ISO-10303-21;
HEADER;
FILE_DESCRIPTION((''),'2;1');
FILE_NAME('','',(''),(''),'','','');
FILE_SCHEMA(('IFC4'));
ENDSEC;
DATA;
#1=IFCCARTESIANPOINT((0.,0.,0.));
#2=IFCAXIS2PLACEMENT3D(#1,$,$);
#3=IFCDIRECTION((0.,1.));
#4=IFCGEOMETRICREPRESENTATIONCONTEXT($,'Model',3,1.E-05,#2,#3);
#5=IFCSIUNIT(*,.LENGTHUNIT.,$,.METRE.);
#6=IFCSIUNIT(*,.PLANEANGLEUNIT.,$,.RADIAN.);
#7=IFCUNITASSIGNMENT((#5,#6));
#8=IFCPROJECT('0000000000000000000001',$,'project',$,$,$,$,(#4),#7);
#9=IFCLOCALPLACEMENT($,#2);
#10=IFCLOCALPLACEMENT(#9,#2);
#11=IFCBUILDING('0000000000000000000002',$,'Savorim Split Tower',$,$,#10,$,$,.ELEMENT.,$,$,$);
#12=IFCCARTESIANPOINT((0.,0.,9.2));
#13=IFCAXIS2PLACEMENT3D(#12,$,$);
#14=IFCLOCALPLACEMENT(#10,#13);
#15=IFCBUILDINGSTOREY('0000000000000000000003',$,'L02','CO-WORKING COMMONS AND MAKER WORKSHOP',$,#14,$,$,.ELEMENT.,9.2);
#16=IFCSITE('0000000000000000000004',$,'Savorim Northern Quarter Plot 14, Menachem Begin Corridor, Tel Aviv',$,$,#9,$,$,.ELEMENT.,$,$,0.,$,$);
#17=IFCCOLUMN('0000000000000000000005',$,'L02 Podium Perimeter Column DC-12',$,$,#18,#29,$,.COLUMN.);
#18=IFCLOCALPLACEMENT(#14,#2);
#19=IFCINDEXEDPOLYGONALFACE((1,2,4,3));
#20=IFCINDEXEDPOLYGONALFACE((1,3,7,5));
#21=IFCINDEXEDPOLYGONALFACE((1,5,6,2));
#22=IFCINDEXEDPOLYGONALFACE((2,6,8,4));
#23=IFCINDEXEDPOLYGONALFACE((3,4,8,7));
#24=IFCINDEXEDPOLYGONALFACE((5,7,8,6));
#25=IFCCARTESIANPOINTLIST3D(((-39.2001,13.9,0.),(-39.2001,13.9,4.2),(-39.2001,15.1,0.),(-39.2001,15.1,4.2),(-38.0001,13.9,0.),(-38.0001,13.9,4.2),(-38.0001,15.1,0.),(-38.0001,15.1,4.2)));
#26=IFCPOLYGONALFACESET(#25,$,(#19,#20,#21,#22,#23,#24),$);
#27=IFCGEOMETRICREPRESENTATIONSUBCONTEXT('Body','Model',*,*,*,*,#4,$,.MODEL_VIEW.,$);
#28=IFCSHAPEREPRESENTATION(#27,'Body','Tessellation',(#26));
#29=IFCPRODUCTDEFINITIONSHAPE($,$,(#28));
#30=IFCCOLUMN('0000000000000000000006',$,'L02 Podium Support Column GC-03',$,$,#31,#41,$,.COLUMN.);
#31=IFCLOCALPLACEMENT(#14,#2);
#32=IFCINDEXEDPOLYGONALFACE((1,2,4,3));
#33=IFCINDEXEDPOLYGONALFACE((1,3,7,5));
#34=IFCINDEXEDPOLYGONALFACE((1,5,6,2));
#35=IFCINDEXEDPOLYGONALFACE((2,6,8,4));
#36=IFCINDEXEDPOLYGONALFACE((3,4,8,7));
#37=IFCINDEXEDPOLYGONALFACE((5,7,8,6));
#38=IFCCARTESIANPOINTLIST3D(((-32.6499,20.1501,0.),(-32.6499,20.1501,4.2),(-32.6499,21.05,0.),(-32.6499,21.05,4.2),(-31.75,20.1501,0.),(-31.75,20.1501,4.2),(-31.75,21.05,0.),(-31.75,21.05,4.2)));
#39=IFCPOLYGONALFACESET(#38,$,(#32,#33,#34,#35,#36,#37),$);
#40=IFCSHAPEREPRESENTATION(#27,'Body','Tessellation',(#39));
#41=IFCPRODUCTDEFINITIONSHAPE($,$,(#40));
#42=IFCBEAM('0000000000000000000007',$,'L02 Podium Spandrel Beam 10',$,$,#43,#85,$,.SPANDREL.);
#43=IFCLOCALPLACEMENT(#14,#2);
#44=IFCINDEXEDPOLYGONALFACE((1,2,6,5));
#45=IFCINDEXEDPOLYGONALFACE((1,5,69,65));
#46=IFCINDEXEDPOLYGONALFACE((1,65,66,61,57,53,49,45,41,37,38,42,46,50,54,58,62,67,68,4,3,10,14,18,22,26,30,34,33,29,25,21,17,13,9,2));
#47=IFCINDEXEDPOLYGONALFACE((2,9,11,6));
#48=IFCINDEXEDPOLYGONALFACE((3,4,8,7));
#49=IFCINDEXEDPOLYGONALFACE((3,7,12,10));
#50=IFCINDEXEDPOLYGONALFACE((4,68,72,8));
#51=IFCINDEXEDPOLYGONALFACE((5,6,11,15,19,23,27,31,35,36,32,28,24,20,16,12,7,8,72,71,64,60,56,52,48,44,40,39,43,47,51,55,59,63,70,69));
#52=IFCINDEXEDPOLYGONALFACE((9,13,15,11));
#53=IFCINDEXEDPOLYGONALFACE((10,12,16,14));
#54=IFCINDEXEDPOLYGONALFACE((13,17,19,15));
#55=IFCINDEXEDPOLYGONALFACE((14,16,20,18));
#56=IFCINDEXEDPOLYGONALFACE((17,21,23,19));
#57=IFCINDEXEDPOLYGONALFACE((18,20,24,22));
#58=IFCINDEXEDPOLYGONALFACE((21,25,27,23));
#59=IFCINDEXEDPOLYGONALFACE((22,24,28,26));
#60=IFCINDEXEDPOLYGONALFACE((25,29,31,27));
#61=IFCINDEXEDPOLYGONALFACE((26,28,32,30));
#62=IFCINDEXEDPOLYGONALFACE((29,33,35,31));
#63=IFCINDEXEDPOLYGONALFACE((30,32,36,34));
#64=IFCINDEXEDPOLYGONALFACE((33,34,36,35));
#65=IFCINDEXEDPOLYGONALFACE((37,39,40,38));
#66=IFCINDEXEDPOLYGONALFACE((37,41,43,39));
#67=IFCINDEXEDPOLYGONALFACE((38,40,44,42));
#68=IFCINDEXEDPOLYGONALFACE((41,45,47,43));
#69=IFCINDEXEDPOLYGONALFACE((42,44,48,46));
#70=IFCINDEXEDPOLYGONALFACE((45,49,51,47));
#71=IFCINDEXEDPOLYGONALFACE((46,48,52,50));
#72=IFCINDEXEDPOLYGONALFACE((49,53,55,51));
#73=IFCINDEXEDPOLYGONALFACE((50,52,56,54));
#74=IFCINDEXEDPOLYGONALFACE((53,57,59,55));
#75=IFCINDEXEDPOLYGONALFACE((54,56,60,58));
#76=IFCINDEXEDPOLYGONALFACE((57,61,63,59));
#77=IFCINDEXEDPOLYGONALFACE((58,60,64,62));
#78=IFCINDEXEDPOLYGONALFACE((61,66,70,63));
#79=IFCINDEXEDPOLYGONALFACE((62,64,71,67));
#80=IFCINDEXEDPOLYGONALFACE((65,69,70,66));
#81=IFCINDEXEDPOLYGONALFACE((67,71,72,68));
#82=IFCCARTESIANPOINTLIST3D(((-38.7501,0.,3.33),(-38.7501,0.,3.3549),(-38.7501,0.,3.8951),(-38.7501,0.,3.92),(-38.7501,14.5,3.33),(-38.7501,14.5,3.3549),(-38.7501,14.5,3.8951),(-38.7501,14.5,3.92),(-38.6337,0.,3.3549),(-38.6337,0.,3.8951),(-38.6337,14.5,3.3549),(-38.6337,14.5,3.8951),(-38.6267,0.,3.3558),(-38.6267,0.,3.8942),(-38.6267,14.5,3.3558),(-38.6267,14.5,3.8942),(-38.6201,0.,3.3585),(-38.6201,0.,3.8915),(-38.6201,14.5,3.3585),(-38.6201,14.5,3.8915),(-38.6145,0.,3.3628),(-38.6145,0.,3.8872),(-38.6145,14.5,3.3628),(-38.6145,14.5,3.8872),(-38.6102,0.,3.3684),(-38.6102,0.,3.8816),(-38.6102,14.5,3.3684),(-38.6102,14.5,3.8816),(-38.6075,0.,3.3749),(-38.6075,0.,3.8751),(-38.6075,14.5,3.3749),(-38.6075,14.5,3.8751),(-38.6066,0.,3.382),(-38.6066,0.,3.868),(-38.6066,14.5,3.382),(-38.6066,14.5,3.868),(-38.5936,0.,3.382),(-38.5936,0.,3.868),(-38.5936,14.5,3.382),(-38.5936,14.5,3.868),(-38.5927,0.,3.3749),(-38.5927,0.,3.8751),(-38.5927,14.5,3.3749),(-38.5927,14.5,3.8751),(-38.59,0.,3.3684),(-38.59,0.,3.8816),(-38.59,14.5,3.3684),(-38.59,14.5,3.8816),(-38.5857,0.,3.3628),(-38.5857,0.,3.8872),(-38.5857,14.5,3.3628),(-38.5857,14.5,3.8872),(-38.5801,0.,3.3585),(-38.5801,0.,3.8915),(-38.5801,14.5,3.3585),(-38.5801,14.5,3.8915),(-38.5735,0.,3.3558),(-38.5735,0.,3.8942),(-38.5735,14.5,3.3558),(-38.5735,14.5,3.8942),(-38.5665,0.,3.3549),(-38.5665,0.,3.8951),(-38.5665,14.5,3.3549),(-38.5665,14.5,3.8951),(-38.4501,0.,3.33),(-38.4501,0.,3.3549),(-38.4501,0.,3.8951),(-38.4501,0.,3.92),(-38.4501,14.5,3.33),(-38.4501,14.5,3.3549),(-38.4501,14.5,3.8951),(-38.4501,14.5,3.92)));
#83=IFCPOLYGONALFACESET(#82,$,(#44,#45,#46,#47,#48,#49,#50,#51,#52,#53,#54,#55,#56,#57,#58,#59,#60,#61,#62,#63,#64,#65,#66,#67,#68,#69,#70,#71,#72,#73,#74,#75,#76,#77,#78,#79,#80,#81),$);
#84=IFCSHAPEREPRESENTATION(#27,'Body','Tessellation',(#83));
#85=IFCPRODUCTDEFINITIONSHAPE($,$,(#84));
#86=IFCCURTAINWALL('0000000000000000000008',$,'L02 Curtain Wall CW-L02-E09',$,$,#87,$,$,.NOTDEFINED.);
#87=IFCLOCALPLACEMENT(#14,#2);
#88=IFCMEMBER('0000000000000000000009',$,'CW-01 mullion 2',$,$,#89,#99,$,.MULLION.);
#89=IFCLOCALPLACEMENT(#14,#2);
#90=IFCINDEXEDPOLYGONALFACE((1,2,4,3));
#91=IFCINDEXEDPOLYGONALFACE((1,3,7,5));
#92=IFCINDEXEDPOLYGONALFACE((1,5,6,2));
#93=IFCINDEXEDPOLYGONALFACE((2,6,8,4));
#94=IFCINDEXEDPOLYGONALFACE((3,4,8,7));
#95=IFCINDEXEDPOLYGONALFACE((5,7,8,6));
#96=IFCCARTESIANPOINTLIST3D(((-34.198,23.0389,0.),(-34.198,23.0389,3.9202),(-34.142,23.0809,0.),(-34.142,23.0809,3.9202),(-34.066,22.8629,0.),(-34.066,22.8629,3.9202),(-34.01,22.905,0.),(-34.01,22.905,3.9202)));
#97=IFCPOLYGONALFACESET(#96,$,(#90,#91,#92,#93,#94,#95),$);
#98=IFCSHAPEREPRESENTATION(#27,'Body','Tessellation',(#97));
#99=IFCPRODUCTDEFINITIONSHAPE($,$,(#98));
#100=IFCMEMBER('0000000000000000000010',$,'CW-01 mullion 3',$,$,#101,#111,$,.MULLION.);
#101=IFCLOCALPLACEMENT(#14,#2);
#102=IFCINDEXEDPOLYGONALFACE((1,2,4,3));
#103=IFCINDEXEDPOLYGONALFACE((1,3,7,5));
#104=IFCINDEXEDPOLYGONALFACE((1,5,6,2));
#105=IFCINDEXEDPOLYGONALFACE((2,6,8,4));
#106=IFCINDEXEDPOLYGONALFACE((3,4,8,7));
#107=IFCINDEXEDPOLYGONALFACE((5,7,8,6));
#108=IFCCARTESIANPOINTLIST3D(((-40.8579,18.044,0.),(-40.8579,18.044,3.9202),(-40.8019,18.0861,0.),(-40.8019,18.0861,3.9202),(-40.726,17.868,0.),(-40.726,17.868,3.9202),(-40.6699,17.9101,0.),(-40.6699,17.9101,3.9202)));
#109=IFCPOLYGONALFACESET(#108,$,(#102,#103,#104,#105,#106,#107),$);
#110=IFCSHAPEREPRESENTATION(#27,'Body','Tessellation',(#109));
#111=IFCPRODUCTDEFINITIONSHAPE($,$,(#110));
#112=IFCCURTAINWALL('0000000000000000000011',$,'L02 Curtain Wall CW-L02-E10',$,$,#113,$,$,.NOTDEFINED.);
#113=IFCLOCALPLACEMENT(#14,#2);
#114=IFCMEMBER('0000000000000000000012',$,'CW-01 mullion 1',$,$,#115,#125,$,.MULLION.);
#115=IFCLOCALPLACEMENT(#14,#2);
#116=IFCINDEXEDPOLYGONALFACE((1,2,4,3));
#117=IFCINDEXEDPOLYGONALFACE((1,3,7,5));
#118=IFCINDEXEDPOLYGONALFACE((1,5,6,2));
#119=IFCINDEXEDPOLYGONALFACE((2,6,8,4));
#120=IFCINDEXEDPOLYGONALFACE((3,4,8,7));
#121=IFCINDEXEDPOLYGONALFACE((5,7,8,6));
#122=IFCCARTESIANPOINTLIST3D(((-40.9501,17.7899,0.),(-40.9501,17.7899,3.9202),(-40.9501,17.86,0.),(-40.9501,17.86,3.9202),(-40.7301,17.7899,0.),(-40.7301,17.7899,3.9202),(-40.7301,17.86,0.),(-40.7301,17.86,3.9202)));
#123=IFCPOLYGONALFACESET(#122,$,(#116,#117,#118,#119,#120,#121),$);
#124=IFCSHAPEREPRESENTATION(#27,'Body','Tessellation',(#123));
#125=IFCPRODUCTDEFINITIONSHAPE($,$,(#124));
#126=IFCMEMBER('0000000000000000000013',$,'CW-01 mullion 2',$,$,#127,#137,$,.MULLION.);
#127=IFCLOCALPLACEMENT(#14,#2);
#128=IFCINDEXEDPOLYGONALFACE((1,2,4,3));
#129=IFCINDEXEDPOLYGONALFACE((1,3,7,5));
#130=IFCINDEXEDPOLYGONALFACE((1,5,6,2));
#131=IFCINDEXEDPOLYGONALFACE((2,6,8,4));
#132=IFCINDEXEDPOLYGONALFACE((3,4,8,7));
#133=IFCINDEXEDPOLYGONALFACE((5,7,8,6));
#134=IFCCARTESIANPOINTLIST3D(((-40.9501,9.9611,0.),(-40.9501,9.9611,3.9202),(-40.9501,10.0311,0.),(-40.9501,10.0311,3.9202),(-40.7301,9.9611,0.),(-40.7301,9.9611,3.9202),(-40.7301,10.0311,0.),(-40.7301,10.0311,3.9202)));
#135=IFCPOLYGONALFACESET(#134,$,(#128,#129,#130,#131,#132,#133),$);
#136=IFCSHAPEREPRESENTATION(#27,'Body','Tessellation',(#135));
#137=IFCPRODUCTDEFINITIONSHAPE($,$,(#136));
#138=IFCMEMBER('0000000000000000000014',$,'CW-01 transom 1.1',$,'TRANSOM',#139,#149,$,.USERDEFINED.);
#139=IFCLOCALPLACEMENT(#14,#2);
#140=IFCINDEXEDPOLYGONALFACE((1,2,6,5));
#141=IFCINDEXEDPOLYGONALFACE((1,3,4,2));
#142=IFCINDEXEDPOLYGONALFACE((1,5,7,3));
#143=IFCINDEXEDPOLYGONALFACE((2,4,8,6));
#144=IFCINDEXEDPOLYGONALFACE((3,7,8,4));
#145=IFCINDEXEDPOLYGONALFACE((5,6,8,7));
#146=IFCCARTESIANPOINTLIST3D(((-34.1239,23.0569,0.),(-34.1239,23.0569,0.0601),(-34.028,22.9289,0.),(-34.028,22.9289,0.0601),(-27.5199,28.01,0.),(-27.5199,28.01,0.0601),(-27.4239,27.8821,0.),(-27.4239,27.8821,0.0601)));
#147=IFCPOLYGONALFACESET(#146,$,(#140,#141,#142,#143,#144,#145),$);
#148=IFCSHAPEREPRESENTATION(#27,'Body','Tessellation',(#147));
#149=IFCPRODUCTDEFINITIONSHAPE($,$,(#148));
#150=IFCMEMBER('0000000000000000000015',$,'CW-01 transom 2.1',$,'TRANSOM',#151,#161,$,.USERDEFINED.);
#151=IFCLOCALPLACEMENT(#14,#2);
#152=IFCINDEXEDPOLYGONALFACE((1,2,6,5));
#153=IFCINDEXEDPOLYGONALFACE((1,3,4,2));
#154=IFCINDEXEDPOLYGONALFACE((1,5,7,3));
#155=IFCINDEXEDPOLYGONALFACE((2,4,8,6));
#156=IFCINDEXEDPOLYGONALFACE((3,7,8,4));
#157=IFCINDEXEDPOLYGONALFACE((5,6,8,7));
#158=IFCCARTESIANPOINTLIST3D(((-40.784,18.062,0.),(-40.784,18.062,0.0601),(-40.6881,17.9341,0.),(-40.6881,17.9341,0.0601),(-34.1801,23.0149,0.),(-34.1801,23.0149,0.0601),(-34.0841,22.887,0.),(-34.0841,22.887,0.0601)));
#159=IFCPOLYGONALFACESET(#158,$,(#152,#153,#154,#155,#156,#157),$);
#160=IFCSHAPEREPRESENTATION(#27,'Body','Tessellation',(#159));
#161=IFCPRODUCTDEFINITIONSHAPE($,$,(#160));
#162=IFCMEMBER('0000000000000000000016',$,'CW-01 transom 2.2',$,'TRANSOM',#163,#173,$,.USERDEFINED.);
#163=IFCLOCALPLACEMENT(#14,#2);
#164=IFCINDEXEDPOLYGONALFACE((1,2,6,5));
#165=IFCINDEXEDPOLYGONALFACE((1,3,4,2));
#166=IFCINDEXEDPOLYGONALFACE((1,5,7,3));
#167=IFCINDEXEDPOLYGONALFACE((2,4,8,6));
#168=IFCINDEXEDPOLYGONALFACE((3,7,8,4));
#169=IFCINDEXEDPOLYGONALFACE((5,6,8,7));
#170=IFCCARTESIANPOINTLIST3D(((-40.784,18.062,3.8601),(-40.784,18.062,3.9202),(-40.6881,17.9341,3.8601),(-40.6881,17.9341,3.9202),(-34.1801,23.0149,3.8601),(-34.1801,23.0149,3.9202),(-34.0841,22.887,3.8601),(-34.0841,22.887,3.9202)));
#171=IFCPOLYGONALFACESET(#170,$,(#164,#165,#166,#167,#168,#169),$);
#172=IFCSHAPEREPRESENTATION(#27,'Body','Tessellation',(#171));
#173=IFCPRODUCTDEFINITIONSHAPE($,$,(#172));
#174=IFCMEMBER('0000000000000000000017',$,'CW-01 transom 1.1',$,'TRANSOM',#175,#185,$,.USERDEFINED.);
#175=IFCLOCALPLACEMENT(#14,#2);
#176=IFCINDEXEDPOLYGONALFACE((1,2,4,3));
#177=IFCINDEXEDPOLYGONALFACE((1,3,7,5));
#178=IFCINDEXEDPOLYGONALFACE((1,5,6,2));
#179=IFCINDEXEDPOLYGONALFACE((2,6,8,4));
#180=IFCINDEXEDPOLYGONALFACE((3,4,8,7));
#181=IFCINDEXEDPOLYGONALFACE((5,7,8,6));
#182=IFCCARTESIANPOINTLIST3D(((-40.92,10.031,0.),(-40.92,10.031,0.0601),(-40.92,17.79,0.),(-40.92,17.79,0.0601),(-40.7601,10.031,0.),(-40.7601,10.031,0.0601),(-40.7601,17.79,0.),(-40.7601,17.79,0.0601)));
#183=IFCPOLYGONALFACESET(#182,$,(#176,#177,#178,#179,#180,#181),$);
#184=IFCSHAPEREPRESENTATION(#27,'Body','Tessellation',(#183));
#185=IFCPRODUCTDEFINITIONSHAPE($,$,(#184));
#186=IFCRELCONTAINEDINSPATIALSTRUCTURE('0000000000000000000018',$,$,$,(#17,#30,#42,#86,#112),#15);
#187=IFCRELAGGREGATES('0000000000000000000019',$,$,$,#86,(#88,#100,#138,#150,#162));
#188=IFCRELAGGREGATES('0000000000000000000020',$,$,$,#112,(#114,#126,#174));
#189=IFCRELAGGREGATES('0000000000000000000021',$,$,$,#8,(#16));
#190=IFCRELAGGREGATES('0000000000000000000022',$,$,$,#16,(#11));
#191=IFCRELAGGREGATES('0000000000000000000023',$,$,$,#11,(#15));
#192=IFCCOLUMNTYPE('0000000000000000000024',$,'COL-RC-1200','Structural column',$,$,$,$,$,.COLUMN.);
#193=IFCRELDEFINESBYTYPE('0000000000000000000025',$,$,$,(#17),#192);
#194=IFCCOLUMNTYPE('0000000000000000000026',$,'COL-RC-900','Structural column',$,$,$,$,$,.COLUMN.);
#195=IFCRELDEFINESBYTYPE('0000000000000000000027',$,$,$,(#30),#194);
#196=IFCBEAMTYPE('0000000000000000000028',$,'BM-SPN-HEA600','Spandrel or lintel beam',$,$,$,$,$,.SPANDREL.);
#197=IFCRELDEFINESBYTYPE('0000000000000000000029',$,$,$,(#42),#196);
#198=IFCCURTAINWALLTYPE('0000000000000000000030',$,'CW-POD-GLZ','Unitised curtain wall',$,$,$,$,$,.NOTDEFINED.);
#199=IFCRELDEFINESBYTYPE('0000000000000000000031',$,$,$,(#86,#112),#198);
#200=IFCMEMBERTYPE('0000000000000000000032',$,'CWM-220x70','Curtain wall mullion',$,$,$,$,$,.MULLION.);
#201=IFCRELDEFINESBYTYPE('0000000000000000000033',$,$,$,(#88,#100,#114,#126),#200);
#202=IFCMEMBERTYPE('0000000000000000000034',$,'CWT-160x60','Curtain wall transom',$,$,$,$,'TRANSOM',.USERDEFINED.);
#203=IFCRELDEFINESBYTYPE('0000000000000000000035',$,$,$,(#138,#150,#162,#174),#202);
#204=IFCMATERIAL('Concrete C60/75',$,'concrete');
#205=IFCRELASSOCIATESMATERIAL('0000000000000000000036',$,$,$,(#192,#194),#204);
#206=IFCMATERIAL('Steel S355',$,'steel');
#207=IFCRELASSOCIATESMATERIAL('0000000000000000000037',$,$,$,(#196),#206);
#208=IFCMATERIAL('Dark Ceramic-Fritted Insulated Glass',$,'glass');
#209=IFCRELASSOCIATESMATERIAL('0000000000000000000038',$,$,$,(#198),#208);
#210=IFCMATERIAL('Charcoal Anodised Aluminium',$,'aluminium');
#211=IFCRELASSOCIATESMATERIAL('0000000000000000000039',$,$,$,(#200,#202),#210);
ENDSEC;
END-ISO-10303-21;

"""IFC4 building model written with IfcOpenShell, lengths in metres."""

from ifc_helpers import new_model, si_unit, direction, frame, origin, origin_2d, place, context, subcontext, project, spatial, rectangle, i_section, extrude, material, material_profile, profile_set, type_object, element, aggregate, save


model = new_model("IFC4")

# Units and contexts
model_context = context("Model", 3, precision=1e-05, world=origin(), true_north=direction((0.0, 1.0)))
body_context = subcontext(model_context, "Body", "Model", "MODEL_VIEW")
ifc_project = project(units=[si_unit("LENGTHUNIT", "METRE"), si_unit("PLANEANGLEUNIT", "RADIAN")], contexts=[model_context])

# Site, building, storey
site_placement = place(None, origin())
site = spatial("IfcSite", under=ifc_project, at=site_placement, Name="Savorim Northern Quarter Plot 14, Menachem Begin Corridor, Tel Aviv", CompositionType="ELEMENT", RefElevation=0.0)
building_placement = place(site_placement, origin())
building = spatial("IfcBuilding", under=site, at=building_placement, Name="Savorim Split Tower", CompositionType="ELEMENT")
storey_placement = place(building_placement, frame((0.0, 0.0, 9.2)))
storey = spatial("IfcBuildingStorey", under=building, at=storey_placement, Name="L02", Description="CO-WORKING COMMONS AND MAKER WORKSHOP", CompositionType="ELEMENT", Elevation=9.2)

# Columns
ifc_material_1 = material(Name="Concrete C60/75", Category="concrete")
ifc_material_profile_1 = material_profile(ifc_material_1, rectangle(XDim=1.2, YDim=1.2, at=origin_2d()), Name="RC 1200x1200")
ifc_profile_set_1 = profile_set([ifc_material_profile_1], Name="Concrete C60/75")
column_type_1 = type_object("IfcColumnType", Name="COL-RC-1200", Description="Structural column", PredefinedType="COLUMN", material=ifc_profile_set_1)
column_1_placement = place(storey_placement, frame((-38.6001, 14.5, 0.0), z_axis=(0.0, 0.0, 1.0), x_axis=(1.0, 0.0, 0.0)))
element("IfcColumn", 1, at=column_1_placement, inside=storey, type_object=column_type_1, Name="L02 Podium Perimeter Column DC-12", PredefinedType="COLUMN", context=body_context, shape_type="SweptSolid", body=[
    extrude(rectangle(XDim=1.2, YDim=1.2, at=origin_2d()), origin(), (0.0, 0.0, 1.0), 4.2),
])
ifc_material_profile_2 = material_profile(ifc_material_1, rectangle(XDim=0.8999, YDim=0.8999, at=origin_2d()), Name="RC 900x900")
ifc_profile_set_2 = profile_set([ifc_material_profile_2], Name="Concrete C60/75")
column_type_2 = type_object("IfcColumnType", Name="COL-RC-900", Description="Structural column", PredefinedType="COLUMN", material=ifc_profile_set_2)
column_2_placement = place(storey_placement, frame((-32.2, 20.6001, 0.0), z_axis=(0.0, 0.0, 1.0), x_axis=(1.0, 0.0, 0.0)))
element("IfcColumn", 2, at=column_2_placement, inside=storey, type_object=column_type_2, Name="L02 Podium Support Column GC-03", PredefinedType="COLUMN", context=body_context, shape_type="SweptSolid", body=[
    extrude(rectangle(XDim=0.8999, YDim=0.8999, at=origin_2d()), origin(), (0.0, 0.0, 1.0), 4.2),
])

# Beam
ifc_material_2 = material(Name="Steel S355", Category="steel")
ifc_material_profile_3 = material_profile(ifc_material_2, i_section(OverallWidth=0.3, OverallDepth=0.5901, WebThickness=0.0129, FlangeThickness=0.0249, FilletRadius=0.0271, at=origin_2d()), Name="HEA 600")
ifc_profile_set_3 = profile_set([ifc_material_profile_3], Name="Steel S355")
beam_type = type_object("IfcBeamType", Name="BM-SPN-HEA600", Description="Spandrel or lintel beam", PredefinedType="SPANDREL", material=ifc_profile_set_3)
beam_placement = place(storey_placement, frame((-38.6001, 14.5, 3.625), z_axis=(0.0, -1.0, 0.0), x_axis=(1.0, 0.0, 0.0)))
element("IfcBeam", 3, at=beam_placement, inside=storey, type_object=beam_type, Name="L02 Podium Spandrel Beam 10", PredefinedType="SPANDREL", context=body_context, shape_type="SweptSolid", body=[
    extrude(i_section(OverallWidth=0.3, OverallDepth=0.5901, WebThickness=0.0129, FlangeThickness=0.0249, FilletRadius=0.0271, at=origin_2d()), origin(), (0.0, 0.0, 1.0), 14.5),
])

# Curtain walls, members
ifc_material_3 = material(Name="Dark Ceramic-Fritted Insulated Glass", Category="glass")
curtain_wall_type = type_object("IfcCurtainWallType", Name="CW-POD-GLZ", Description="Unitised curtain wall", PredefinedType="NOTDEFINED", material=ifc_material_3)
curtain_wall_1_placement = place(storey_placement, origin())
curtain_wall_1 = element("IfcCurtainWall", 4, at=curtain_wall_1_placement, inside=storey, type_object=curtain_wall_type, Name="L02 Curtain Wall CW-L02-E09", PredefinedType="NOTDEFINED")
ifc_material_4 = material(Name="Charcoal Anodised Aluminium", Category="aluminium")
ifc_material_profile_4 = material_profile(ifc_material_4, rectangle(XDim=0.22, YDim=0.0701, at=origin_2d()), Name="ALU-M 220x70")
ifc_profile_set_4 = profile_set([ifc_material_profile_4], Name="Charcoal Anodised Aluminium")
member_type_1 = type_object("IfcMemberType", Name="CWM-220x70", Description="Curtain wall mullion", PredefinedType="MULLION", material=ifc_profile_set_4)
member_1_placement = place(storey_placement, frame((-34.104, 22.9719, 0.0), z_axis=(0.0, 0.0, 1.0), x_axis=(0.6, -0.8, 0.0)))
member_1 = element("IfcMember", 5, at=member_1_placement, type_object=member_type_1, Name="CW-01 mullion 2", PredefinedType="MULLION", context=body_context, shape_type="SweptSolid", body=[
    extrude(rectangle(XDim=0.22, YDim=0.0701, at=origin_2d()), origin(), (0.0, 0.0, 1.0), 3.9202),
])
member_2_placement = place(storey_placement, frame((-40.7639, 17.9771, 0.0), z_axis=(0.0, 0.0, 1.0), x_axis=(0.6, -0.8, 0.0)))
member_2 = element("IfcMember", 6, at=member_2_placement, type_object=member_type_1, Name="CW-01 mullion 3", PredefinedType="MULLION", context=body_context, shape_type="SweptSolid", body=[
    extrude(rectangle(XDim=0.22, YDim=0.0701, at=origin_2d()), origin(), (0.0, 0.0, 1.0), 3.9202),
])
curtain_wall_2_placement = place(storey_placement, origin())
curtain_wall_2 = element("IfcCurtainWall", 7, at=curtain_wall_2_placement, inside=storey, type_object=curtain_wall_type, Name="L02 Curtain Wall CW-L02-E10", PredefinedType="NOTDEFINED")
member_3_placement = place(storey_placement, frame((-40.8401, 17.825, 0.0), z_axis=(0.0, 0.0, 1.0), x_axis=(1.0, 0.0, 0.0)))
member_3 = element("IfcMember", 8, at=member_3_placement, type_object=member_type_1, Name="CW-01 mullion 1", PredefinedType="MULLION", context=body_context, shape_type="SweptSolid", body=[
    extrude(rectangle(XDim=0.22, YDim=0.0701, at=origin_2d()), origin(), (0.0, 0.0, 1.0), 3.9202),
])
member_4_placement = place(storey_placement, frame((-40.8401, 9.9961, 0.0), z_axis=(0.0, 0.0, 1.0), x_axis=(1.0, 0.0, 0.0)))
member_4 = element("IfcMember", 9, at=member_4_placement, type_object=member_type_1, Name="CW-01 mullion 2", PredefinedType="MULLION", context=body_context, shape_type="SweptSolid", body=[
    extrude(rectangle(XDim=0.22, YDim=0.0701, at=origin_2d()), origin(), (0.0, 0.0, 1.0), 3.9202),
])

# Members
ifc_material_profile_5 = material_profile(ifc_material_4, rectangle(XDim=0.1599, YDim=0.0601, at=origin_2d()), Name="ALU-T 160x60")
ifc_profile_set_5 = profile_set([ifc_material_profile_5], Name="Charcoal Anodised Aluminium")
member_type_2 = type_object("IfcMemberType", Name="CWT-160x60", Description="Curtain wall transom", ElementType="TRANSOM", PredefinedType="USERDEFINED", material=ifc_profile_set_5)
member_5_placement = place(storey_placement, frame((-27.4719, 27.946, 0.03), z_axis=(-0.799993, -0.600009, 0.0), x_axis=(0.600009, -0.799993, 0.0)))
member_5 = element("IfcMember", 10, at=member_5_placement, type_object=member_type_2, Name="CW-01 transom 1.1", ObjectType="TRANSOM", PredefinedType="USERDEFINED", context=body_context, shape_type="SweptSolid", body=[
    extrude(rectangle(XDim=0.1599, YDim=0.0601, at=origin_2d()), origin(), (0.0, 0.0, 1.0), 8.2551),
])
member_6_placement = place(storey_placement, frame((-34.1321, 22.9509, 0.03), z_axis=(-0.800007, -0.599991, 0.0), x_axis=(0.599991, -0.800007, 0.0)))
member_6 = element("IfcMember", 11, at=member_6_placement, type_object=member_type_2, Name="CW-01 transom 2.1", ObjectType="TRANSOM", PredefinedType="USERDEFINED", context=body_context, shape_type="SweptSolid", body=[
    extrude(rectangle(XDim=0.1599, YDim=0.0601, at=origin_2d()), origin(), (0.0, 0.0, 1.0), 8.2549),
])
member_7_placement = place(storey_placement, frame((-34.1321, 22.9509, 3.8901), z_axis=(-0.800007, -0.599991, 0.0), x_axis=(0.599991, -0.800007, 0.0)))
member_7 = element("IfcMember", 12, at=member_7_placement, type_object=member_type_2, Name="CW-01 transom 2.2", ObjectType="TRANSOM", PredefinedType="USERDEFINED", context=body_context, shape_type="SweptSolid", body=[
    extrude(rectangle(XDim=0.1599, YDim=0.0601, at=origin_2d()), origin(), (0.0, 0.0, 1.0), 8.2549),
])
member_8_placement = place(storey_placement, frame((-40.8401, 17.79, 0.03), z_axis=(0.0, -1.0, 0.0), x_axis=(1.0, 0.0, 0.0)))
member_8 = element("IfcMember", 13, at=member_8_placement, type_object=member_type_2, Name="CW-01 transom 1.1", ObjectType="TRANSOM", PredefinedType="USERDEFINED", context=body_context, shape_type="SweptSolid", body=[
    extrude(rectangle(XDim=0.1599, YDim=0.0601, at=origin_2d()), origin(), (0.0, 0.0, 1.0), 7.759),
])

aggregate(curtain_wall_1, [member_1, member_2, member_5, member_6, member_7])
aggregate(curtain_wall_2, [member_3, member_4, member_8])

save(model, "model.ifc")
